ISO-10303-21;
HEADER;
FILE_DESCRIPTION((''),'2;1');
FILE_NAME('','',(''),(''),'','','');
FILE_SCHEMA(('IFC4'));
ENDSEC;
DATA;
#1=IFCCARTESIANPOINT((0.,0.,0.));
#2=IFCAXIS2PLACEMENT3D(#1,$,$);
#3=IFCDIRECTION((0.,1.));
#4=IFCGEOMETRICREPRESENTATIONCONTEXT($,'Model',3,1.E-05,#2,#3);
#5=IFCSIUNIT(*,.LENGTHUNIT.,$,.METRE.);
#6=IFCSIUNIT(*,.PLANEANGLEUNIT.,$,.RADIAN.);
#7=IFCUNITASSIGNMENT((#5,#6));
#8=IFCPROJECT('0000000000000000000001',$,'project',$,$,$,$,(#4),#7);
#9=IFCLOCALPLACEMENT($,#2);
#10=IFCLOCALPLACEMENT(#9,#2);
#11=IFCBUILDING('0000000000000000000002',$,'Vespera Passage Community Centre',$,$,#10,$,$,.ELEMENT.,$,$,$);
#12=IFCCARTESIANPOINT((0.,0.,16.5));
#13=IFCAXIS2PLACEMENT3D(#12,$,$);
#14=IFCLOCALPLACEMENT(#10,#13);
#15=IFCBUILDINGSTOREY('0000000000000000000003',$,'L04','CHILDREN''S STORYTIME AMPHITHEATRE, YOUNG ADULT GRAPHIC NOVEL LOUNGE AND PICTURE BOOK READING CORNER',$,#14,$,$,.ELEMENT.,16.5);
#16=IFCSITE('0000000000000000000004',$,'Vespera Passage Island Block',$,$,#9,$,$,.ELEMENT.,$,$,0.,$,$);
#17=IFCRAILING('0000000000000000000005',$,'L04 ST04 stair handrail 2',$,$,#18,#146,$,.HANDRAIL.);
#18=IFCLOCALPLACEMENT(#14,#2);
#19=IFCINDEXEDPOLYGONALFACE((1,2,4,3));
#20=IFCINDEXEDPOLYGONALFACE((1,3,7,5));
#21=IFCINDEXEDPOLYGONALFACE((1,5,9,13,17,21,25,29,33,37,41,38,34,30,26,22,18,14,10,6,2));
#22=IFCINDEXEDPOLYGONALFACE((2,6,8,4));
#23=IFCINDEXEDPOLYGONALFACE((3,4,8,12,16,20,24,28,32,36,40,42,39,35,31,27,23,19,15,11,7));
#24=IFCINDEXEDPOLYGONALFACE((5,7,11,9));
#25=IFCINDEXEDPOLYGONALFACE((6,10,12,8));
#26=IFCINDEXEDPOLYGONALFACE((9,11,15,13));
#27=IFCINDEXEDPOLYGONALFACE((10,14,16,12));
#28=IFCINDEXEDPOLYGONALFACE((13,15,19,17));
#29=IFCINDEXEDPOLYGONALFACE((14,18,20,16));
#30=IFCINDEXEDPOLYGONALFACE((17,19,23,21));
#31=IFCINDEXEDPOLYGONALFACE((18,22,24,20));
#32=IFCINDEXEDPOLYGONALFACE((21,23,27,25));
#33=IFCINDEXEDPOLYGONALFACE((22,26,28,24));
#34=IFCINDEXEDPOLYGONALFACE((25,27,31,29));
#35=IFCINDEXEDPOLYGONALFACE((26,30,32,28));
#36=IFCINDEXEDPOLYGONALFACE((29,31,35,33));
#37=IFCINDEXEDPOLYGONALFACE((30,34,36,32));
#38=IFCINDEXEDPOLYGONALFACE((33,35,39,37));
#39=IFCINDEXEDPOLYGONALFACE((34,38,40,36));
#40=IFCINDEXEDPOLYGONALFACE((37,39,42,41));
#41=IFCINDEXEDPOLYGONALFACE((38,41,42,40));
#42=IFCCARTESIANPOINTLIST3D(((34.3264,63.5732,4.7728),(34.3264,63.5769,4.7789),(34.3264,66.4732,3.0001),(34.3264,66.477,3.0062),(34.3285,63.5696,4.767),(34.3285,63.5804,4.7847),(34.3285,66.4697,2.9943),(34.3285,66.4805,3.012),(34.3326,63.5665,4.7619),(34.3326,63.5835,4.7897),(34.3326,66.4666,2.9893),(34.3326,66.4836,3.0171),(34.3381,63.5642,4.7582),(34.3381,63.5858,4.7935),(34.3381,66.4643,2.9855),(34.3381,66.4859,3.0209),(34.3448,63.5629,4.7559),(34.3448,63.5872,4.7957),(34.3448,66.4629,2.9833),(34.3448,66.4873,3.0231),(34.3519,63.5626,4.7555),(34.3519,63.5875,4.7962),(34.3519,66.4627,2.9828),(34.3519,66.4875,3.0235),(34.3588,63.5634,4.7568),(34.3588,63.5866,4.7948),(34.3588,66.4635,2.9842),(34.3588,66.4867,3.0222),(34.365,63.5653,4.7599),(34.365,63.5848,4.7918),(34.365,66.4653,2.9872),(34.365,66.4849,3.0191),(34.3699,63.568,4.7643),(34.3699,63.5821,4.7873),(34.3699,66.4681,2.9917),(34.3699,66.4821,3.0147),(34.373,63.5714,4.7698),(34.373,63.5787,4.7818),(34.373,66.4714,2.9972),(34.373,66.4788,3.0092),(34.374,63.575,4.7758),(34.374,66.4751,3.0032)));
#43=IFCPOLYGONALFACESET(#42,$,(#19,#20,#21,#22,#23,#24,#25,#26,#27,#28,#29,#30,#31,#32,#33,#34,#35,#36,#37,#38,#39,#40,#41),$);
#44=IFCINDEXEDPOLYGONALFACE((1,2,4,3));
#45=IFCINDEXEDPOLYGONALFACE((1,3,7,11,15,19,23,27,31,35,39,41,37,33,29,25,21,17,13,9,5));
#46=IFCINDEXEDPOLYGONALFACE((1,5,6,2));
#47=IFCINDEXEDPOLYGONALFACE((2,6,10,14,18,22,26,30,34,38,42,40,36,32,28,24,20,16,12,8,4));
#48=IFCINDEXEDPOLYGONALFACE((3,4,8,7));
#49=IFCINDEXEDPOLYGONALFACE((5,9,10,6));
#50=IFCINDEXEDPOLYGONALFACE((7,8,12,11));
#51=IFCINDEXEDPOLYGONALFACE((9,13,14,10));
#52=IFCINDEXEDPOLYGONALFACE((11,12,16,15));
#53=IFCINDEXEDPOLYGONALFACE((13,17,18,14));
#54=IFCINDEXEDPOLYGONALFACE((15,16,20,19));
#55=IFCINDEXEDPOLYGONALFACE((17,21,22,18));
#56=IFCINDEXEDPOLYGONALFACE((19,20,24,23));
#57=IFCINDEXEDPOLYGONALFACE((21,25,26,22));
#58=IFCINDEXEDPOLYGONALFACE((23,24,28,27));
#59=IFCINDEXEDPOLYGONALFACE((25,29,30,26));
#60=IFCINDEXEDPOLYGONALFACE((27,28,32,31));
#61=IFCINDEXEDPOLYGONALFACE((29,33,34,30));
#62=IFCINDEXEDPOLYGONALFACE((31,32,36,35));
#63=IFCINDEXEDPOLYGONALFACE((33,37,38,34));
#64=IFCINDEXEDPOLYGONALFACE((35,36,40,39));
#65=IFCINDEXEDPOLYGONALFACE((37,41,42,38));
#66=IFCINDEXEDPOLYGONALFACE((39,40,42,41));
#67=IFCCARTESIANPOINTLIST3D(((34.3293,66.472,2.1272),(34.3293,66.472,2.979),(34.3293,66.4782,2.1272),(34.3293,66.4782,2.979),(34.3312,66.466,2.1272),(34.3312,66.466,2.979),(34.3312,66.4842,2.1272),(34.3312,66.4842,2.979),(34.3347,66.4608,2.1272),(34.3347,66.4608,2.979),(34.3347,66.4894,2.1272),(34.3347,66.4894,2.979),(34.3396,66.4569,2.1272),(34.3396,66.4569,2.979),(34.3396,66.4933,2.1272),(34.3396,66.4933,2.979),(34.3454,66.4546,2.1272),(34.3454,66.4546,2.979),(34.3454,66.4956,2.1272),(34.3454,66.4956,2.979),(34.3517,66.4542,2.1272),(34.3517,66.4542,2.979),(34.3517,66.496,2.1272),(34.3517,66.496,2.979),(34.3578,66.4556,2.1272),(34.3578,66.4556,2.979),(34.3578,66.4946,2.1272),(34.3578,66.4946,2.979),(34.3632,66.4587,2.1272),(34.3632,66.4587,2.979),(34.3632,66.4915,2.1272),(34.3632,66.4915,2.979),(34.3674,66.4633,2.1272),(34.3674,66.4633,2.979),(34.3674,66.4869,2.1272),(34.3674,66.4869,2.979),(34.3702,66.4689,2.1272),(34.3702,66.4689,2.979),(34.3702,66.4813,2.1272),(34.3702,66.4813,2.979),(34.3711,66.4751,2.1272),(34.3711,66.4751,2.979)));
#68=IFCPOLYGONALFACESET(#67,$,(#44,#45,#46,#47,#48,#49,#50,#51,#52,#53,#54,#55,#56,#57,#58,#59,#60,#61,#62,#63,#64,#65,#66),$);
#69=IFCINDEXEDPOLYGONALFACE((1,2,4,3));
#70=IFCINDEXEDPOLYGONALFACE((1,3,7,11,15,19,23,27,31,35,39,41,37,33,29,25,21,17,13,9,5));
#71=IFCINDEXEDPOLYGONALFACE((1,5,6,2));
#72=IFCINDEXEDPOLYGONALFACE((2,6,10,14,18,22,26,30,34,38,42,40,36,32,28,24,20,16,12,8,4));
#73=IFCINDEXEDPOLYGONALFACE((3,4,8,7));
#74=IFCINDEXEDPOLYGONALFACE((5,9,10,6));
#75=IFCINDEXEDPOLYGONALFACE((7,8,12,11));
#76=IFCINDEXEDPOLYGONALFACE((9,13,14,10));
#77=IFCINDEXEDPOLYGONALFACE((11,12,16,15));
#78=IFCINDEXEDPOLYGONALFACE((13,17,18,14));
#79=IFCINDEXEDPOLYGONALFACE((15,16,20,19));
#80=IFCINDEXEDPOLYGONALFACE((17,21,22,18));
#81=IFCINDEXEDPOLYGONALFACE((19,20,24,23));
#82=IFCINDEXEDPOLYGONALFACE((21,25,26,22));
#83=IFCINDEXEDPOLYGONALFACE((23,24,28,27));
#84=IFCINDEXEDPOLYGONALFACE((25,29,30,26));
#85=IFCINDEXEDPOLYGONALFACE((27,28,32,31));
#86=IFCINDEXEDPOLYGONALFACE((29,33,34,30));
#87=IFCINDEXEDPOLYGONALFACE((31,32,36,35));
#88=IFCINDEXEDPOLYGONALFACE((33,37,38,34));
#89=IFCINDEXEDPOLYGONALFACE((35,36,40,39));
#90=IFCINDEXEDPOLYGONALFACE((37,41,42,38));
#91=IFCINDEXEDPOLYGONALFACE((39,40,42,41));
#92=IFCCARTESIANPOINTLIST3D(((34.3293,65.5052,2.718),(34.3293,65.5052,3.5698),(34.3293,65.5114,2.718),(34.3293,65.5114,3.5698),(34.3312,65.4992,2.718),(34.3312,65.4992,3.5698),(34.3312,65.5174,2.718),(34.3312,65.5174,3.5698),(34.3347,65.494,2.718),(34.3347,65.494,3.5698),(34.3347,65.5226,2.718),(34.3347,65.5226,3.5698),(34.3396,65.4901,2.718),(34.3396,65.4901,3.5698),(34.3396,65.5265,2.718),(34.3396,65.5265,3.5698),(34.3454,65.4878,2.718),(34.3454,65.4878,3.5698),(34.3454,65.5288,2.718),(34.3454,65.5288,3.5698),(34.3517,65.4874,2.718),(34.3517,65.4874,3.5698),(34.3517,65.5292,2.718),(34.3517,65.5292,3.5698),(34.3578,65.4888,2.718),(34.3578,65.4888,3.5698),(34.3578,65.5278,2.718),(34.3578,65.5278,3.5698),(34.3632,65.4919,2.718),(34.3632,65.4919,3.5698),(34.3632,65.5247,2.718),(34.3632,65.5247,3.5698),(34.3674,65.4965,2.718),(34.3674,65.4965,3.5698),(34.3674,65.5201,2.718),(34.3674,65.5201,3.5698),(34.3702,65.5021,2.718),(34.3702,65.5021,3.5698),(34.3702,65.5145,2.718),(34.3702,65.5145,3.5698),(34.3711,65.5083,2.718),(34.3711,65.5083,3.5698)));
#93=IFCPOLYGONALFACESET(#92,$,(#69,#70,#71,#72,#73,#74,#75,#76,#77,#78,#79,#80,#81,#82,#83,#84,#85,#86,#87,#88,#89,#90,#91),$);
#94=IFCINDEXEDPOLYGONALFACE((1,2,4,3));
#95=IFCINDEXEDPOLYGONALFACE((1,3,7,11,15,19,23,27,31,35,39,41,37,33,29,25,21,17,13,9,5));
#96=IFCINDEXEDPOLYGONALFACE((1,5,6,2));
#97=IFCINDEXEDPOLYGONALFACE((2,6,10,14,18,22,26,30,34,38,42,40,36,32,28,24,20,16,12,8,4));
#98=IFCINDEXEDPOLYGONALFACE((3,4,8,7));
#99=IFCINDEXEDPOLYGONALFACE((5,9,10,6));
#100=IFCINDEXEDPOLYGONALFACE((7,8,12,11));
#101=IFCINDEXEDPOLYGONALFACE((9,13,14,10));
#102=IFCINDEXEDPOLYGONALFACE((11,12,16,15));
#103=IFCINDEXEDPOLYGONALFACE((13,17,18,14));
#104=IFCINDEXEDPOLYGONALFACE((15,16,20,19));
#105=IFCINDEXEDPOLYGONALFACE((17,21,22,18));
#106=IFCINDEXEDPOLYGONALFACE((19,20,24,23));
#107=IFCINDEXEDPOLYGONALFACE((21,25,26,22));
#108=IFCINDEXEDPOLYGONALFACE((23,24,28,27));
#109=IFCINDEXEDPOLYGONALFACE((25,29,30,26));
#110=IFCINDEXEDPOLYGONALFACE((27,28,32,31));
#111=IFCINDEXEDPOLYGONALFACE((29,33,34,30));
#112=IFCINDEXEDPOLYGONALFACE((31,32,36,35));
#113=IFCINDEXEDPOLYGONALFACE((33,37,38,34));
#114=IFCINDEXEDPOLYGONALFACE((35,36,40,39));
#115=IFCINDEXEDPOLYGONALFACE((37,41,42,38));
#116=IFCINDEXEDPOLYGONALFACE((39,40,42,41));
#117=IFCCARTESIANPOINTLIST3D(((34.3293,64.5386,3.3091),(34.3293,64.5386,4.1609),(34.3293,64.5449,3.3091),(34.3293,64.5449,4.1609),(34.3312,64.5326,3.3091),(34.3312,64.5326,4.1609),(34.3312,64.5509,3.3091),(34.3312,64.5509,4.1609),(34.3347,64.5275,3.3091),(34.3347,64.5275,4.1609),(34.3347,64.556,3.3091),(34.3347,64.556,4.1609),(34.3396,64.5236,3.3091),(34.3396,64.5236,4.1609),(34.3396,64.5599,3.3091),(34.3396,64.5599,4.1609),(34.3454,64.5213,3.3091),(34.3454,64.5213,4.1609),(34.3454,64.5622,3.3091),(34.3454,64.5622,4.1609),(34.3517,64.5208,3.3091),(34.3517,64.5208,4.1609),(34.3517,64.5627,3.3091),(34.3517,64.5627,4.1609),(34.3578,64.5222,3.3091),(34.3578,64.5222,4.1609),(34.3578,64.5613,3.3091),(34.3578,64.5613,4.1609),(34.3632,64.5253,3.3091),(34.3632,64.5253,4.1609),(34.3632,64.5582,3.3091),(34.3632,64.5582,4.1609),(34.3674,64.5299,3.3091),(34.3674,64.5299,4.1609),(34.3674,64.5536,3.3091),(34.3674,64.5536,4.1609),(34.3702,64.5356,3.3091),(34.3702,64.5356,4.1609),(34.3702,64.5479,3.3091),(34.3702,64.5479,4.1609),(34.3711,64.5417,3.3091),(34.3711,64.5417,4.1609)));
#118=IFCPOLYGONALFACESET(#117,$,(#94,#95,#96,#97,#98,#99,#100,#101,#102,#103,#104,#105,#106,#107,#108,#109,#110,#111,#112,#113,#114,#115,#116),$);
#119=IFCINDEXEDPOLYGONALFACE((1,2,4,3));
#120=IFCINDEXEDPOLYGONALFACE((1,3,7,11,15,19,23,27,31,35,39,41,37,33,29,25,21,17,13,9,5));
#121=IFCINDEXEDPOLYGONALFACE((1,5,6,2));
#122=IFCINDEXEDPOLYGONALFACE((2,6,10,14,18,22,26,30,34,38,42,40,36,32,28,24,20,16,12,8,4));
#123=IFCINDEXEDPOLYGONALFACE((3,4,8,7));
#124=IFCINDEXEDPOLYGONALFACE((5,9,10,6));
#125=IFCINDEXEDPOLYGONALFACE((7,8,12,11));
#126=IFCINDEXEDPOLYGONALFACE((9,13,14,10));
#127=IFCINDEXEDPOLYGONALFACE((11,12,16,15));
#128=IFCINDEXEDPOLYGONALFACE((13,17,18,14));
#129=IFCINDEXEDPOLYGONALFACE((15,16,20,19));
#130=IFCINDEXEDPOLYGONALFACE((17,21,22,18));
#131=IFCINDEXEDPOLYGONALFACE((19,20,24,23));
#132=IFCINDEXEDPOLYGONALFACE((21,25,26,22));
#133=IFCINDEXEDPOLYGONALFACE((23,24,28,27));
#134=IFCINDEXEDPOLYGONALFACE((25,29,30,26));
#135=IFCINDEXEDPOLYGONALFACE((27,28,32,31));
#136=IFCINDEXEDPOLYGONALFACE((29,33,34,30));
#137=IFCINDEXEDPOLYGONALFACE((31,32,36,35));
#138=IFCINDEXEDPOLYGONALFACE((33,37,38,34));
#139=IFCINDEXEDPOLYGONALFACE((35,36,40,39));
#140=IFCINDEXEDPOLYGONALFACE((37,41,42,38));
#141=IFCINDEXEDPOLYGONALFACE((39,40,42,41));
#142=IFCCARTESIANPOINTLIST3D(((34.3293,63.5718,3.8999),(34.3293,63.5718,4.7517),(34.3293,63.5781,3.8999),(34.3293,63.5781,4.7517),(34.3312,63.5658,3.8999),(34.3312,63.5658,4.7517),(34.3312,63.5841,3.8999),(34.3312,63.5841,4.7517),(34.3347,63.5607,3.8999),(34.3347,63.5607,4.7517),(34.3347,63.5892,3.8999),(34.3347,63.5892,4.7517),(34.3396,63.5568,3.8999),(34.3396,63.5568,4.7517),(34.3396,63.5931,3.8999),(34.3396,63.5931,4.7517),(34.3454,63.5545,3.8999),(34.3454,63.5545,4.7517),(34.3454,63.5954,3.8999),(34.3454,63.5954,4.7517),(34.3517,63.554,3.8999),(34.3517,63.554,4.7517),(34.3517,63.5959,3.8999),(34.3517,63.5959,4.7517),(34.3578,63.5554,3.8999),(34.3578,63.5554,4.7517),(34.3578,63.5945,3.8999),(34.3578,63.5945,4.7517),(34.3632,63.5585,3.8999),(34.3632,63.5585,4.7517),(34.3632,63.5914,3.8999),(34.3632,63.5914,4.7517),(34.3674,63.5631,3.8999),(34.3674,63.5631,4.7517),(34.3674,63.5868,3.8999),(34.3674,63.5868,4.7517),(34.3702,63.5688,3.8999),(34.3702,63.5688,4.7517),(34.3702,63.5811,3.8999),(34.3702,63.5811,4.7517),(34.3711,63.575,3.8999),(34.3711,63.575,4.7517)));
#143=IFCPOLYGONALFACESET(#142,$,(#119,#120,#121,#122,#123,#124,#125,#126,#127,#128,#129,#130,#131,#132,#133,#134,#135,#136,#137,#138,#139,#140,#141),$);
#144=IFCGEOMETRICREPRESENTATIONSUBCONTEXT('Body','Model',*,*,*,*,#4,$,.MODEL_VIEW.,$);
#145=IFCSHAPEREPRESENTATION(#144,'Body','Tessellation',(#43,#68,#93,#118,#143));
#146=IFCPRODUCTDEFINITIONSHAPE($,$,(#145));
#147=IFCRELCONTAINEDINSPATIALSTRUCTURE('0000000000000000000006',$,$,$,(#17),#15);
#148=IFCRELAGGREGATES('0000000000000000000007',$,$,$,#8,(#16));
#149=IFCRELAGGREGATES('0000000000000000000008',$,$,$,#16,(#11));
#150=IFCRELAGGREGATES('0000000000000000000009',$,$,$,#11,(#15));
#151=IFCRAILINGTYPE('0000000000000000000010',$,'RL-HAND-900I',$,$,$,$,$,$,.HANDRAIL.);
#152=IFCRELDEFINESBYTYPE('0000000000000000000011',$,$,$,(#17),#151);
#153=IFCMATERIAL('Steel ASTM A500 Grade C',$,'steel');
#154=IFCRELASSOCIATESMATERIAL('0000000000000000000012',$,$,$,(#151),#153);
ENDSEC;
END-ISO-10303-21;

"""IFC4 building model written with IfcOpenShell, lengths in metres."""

from ifc_helpers import new_model, si_unit, direction, frame, origin, origin_2d, place, context, subcontext, project, spatial, circle, extrude, material, type_object, element, save


model = new_model("IFC4")

# Units and contexts
model_context = context("Model", 3, precision=1e-05, world=origin(), true_north=direction((0.0, 1.0)))
body_context = subcontext(model_context, "Body", "Model", "MODEL_VIEW")
ifc_project = project(units=[si_unit("LENGTHUNIT", "METRE"), si_unit("PLANEANGLEUNIT", "RADIAN")], contexts=[model_context])

# Site, building, storey
site_placement = place(None, origin())
site = spatial("IfcSite", under=ifc_project, at=site_placement, Name="Vespera Passage Island Block", CompositionType="ELEMENT", RefElevation=0.0)
building_placement = place(site_placement, origin())
building = spatial("IfcBuilding", under=site, at=building_placement, Name="Vespera Passage Community Centre", CompositionType="ELEMENT")
storey_placement = place(building_placement, frame((0.0, 0.0, 16.5)))
storey = spatial("IfcBuildingStorey", under=building, at=storey_placement, Name="L04", Description="CHILDREN'S STORYTIME AMPHITHEATRE, YOUNG ADULT GRAPHIC NOVEL LOUNGE AND PICTURE BOOK READING CORNER", CompositionType="ELEMENT", Elevation=16.5)

# Railing
ifc_material_1 = material(Name="Steel ASTM A500 Grade C", Category="steel")
railing_type_1 = type_object("IfcRailingType", Name="RL-HAND-900I", PredefinedType="HANDRAIL", material=ifc_material_1)
railing_1_placement = place(storey_placement, frame((34.3501, 66.4751, 2.1272)))
element("IfcRailing", 1, at=railing_1_placement, inside=storey, type_object=railing_type_1, Name="L04 ST04 stair handrail 2", PredefinedType="HANDRAIL", context=body_context, shape_type="SweptSolid", body=[
    extrude(circle(Radius=0.0239, at=origin_2d()), frame((0.0, 0.0, 0.876), z_axis=(0.0, -0.85323, 0.521534), x_axis=(1.0, 0.0, 0.0)), (0.0, 0.0, 1.0), 3.3989),
    extrude(circle(Radius=0.021, at=origin_2d()), origin(), (0.0, 0.0, 1.0), 0.8518),
    extrude(circle(Radius=0.021, at=origin_2d()), frame((0.0, -0.9668, 0.5908)), (0.0, 0.0, 1.0), 0.8518),
    extrude(circle(Radius=0.021, at=origin_2d()), frame((0.0, -1.9333, 1.1819)), (0.0, 0.0, 1.0), 0.8518),
    extrude(circle(Radius=0.021, at=origin_2d()), frame((0.0, -2.9001, 1.7727)), (0.0, 0.0, 1.0), 0.8518),
])

save(model, "model.ifc")
